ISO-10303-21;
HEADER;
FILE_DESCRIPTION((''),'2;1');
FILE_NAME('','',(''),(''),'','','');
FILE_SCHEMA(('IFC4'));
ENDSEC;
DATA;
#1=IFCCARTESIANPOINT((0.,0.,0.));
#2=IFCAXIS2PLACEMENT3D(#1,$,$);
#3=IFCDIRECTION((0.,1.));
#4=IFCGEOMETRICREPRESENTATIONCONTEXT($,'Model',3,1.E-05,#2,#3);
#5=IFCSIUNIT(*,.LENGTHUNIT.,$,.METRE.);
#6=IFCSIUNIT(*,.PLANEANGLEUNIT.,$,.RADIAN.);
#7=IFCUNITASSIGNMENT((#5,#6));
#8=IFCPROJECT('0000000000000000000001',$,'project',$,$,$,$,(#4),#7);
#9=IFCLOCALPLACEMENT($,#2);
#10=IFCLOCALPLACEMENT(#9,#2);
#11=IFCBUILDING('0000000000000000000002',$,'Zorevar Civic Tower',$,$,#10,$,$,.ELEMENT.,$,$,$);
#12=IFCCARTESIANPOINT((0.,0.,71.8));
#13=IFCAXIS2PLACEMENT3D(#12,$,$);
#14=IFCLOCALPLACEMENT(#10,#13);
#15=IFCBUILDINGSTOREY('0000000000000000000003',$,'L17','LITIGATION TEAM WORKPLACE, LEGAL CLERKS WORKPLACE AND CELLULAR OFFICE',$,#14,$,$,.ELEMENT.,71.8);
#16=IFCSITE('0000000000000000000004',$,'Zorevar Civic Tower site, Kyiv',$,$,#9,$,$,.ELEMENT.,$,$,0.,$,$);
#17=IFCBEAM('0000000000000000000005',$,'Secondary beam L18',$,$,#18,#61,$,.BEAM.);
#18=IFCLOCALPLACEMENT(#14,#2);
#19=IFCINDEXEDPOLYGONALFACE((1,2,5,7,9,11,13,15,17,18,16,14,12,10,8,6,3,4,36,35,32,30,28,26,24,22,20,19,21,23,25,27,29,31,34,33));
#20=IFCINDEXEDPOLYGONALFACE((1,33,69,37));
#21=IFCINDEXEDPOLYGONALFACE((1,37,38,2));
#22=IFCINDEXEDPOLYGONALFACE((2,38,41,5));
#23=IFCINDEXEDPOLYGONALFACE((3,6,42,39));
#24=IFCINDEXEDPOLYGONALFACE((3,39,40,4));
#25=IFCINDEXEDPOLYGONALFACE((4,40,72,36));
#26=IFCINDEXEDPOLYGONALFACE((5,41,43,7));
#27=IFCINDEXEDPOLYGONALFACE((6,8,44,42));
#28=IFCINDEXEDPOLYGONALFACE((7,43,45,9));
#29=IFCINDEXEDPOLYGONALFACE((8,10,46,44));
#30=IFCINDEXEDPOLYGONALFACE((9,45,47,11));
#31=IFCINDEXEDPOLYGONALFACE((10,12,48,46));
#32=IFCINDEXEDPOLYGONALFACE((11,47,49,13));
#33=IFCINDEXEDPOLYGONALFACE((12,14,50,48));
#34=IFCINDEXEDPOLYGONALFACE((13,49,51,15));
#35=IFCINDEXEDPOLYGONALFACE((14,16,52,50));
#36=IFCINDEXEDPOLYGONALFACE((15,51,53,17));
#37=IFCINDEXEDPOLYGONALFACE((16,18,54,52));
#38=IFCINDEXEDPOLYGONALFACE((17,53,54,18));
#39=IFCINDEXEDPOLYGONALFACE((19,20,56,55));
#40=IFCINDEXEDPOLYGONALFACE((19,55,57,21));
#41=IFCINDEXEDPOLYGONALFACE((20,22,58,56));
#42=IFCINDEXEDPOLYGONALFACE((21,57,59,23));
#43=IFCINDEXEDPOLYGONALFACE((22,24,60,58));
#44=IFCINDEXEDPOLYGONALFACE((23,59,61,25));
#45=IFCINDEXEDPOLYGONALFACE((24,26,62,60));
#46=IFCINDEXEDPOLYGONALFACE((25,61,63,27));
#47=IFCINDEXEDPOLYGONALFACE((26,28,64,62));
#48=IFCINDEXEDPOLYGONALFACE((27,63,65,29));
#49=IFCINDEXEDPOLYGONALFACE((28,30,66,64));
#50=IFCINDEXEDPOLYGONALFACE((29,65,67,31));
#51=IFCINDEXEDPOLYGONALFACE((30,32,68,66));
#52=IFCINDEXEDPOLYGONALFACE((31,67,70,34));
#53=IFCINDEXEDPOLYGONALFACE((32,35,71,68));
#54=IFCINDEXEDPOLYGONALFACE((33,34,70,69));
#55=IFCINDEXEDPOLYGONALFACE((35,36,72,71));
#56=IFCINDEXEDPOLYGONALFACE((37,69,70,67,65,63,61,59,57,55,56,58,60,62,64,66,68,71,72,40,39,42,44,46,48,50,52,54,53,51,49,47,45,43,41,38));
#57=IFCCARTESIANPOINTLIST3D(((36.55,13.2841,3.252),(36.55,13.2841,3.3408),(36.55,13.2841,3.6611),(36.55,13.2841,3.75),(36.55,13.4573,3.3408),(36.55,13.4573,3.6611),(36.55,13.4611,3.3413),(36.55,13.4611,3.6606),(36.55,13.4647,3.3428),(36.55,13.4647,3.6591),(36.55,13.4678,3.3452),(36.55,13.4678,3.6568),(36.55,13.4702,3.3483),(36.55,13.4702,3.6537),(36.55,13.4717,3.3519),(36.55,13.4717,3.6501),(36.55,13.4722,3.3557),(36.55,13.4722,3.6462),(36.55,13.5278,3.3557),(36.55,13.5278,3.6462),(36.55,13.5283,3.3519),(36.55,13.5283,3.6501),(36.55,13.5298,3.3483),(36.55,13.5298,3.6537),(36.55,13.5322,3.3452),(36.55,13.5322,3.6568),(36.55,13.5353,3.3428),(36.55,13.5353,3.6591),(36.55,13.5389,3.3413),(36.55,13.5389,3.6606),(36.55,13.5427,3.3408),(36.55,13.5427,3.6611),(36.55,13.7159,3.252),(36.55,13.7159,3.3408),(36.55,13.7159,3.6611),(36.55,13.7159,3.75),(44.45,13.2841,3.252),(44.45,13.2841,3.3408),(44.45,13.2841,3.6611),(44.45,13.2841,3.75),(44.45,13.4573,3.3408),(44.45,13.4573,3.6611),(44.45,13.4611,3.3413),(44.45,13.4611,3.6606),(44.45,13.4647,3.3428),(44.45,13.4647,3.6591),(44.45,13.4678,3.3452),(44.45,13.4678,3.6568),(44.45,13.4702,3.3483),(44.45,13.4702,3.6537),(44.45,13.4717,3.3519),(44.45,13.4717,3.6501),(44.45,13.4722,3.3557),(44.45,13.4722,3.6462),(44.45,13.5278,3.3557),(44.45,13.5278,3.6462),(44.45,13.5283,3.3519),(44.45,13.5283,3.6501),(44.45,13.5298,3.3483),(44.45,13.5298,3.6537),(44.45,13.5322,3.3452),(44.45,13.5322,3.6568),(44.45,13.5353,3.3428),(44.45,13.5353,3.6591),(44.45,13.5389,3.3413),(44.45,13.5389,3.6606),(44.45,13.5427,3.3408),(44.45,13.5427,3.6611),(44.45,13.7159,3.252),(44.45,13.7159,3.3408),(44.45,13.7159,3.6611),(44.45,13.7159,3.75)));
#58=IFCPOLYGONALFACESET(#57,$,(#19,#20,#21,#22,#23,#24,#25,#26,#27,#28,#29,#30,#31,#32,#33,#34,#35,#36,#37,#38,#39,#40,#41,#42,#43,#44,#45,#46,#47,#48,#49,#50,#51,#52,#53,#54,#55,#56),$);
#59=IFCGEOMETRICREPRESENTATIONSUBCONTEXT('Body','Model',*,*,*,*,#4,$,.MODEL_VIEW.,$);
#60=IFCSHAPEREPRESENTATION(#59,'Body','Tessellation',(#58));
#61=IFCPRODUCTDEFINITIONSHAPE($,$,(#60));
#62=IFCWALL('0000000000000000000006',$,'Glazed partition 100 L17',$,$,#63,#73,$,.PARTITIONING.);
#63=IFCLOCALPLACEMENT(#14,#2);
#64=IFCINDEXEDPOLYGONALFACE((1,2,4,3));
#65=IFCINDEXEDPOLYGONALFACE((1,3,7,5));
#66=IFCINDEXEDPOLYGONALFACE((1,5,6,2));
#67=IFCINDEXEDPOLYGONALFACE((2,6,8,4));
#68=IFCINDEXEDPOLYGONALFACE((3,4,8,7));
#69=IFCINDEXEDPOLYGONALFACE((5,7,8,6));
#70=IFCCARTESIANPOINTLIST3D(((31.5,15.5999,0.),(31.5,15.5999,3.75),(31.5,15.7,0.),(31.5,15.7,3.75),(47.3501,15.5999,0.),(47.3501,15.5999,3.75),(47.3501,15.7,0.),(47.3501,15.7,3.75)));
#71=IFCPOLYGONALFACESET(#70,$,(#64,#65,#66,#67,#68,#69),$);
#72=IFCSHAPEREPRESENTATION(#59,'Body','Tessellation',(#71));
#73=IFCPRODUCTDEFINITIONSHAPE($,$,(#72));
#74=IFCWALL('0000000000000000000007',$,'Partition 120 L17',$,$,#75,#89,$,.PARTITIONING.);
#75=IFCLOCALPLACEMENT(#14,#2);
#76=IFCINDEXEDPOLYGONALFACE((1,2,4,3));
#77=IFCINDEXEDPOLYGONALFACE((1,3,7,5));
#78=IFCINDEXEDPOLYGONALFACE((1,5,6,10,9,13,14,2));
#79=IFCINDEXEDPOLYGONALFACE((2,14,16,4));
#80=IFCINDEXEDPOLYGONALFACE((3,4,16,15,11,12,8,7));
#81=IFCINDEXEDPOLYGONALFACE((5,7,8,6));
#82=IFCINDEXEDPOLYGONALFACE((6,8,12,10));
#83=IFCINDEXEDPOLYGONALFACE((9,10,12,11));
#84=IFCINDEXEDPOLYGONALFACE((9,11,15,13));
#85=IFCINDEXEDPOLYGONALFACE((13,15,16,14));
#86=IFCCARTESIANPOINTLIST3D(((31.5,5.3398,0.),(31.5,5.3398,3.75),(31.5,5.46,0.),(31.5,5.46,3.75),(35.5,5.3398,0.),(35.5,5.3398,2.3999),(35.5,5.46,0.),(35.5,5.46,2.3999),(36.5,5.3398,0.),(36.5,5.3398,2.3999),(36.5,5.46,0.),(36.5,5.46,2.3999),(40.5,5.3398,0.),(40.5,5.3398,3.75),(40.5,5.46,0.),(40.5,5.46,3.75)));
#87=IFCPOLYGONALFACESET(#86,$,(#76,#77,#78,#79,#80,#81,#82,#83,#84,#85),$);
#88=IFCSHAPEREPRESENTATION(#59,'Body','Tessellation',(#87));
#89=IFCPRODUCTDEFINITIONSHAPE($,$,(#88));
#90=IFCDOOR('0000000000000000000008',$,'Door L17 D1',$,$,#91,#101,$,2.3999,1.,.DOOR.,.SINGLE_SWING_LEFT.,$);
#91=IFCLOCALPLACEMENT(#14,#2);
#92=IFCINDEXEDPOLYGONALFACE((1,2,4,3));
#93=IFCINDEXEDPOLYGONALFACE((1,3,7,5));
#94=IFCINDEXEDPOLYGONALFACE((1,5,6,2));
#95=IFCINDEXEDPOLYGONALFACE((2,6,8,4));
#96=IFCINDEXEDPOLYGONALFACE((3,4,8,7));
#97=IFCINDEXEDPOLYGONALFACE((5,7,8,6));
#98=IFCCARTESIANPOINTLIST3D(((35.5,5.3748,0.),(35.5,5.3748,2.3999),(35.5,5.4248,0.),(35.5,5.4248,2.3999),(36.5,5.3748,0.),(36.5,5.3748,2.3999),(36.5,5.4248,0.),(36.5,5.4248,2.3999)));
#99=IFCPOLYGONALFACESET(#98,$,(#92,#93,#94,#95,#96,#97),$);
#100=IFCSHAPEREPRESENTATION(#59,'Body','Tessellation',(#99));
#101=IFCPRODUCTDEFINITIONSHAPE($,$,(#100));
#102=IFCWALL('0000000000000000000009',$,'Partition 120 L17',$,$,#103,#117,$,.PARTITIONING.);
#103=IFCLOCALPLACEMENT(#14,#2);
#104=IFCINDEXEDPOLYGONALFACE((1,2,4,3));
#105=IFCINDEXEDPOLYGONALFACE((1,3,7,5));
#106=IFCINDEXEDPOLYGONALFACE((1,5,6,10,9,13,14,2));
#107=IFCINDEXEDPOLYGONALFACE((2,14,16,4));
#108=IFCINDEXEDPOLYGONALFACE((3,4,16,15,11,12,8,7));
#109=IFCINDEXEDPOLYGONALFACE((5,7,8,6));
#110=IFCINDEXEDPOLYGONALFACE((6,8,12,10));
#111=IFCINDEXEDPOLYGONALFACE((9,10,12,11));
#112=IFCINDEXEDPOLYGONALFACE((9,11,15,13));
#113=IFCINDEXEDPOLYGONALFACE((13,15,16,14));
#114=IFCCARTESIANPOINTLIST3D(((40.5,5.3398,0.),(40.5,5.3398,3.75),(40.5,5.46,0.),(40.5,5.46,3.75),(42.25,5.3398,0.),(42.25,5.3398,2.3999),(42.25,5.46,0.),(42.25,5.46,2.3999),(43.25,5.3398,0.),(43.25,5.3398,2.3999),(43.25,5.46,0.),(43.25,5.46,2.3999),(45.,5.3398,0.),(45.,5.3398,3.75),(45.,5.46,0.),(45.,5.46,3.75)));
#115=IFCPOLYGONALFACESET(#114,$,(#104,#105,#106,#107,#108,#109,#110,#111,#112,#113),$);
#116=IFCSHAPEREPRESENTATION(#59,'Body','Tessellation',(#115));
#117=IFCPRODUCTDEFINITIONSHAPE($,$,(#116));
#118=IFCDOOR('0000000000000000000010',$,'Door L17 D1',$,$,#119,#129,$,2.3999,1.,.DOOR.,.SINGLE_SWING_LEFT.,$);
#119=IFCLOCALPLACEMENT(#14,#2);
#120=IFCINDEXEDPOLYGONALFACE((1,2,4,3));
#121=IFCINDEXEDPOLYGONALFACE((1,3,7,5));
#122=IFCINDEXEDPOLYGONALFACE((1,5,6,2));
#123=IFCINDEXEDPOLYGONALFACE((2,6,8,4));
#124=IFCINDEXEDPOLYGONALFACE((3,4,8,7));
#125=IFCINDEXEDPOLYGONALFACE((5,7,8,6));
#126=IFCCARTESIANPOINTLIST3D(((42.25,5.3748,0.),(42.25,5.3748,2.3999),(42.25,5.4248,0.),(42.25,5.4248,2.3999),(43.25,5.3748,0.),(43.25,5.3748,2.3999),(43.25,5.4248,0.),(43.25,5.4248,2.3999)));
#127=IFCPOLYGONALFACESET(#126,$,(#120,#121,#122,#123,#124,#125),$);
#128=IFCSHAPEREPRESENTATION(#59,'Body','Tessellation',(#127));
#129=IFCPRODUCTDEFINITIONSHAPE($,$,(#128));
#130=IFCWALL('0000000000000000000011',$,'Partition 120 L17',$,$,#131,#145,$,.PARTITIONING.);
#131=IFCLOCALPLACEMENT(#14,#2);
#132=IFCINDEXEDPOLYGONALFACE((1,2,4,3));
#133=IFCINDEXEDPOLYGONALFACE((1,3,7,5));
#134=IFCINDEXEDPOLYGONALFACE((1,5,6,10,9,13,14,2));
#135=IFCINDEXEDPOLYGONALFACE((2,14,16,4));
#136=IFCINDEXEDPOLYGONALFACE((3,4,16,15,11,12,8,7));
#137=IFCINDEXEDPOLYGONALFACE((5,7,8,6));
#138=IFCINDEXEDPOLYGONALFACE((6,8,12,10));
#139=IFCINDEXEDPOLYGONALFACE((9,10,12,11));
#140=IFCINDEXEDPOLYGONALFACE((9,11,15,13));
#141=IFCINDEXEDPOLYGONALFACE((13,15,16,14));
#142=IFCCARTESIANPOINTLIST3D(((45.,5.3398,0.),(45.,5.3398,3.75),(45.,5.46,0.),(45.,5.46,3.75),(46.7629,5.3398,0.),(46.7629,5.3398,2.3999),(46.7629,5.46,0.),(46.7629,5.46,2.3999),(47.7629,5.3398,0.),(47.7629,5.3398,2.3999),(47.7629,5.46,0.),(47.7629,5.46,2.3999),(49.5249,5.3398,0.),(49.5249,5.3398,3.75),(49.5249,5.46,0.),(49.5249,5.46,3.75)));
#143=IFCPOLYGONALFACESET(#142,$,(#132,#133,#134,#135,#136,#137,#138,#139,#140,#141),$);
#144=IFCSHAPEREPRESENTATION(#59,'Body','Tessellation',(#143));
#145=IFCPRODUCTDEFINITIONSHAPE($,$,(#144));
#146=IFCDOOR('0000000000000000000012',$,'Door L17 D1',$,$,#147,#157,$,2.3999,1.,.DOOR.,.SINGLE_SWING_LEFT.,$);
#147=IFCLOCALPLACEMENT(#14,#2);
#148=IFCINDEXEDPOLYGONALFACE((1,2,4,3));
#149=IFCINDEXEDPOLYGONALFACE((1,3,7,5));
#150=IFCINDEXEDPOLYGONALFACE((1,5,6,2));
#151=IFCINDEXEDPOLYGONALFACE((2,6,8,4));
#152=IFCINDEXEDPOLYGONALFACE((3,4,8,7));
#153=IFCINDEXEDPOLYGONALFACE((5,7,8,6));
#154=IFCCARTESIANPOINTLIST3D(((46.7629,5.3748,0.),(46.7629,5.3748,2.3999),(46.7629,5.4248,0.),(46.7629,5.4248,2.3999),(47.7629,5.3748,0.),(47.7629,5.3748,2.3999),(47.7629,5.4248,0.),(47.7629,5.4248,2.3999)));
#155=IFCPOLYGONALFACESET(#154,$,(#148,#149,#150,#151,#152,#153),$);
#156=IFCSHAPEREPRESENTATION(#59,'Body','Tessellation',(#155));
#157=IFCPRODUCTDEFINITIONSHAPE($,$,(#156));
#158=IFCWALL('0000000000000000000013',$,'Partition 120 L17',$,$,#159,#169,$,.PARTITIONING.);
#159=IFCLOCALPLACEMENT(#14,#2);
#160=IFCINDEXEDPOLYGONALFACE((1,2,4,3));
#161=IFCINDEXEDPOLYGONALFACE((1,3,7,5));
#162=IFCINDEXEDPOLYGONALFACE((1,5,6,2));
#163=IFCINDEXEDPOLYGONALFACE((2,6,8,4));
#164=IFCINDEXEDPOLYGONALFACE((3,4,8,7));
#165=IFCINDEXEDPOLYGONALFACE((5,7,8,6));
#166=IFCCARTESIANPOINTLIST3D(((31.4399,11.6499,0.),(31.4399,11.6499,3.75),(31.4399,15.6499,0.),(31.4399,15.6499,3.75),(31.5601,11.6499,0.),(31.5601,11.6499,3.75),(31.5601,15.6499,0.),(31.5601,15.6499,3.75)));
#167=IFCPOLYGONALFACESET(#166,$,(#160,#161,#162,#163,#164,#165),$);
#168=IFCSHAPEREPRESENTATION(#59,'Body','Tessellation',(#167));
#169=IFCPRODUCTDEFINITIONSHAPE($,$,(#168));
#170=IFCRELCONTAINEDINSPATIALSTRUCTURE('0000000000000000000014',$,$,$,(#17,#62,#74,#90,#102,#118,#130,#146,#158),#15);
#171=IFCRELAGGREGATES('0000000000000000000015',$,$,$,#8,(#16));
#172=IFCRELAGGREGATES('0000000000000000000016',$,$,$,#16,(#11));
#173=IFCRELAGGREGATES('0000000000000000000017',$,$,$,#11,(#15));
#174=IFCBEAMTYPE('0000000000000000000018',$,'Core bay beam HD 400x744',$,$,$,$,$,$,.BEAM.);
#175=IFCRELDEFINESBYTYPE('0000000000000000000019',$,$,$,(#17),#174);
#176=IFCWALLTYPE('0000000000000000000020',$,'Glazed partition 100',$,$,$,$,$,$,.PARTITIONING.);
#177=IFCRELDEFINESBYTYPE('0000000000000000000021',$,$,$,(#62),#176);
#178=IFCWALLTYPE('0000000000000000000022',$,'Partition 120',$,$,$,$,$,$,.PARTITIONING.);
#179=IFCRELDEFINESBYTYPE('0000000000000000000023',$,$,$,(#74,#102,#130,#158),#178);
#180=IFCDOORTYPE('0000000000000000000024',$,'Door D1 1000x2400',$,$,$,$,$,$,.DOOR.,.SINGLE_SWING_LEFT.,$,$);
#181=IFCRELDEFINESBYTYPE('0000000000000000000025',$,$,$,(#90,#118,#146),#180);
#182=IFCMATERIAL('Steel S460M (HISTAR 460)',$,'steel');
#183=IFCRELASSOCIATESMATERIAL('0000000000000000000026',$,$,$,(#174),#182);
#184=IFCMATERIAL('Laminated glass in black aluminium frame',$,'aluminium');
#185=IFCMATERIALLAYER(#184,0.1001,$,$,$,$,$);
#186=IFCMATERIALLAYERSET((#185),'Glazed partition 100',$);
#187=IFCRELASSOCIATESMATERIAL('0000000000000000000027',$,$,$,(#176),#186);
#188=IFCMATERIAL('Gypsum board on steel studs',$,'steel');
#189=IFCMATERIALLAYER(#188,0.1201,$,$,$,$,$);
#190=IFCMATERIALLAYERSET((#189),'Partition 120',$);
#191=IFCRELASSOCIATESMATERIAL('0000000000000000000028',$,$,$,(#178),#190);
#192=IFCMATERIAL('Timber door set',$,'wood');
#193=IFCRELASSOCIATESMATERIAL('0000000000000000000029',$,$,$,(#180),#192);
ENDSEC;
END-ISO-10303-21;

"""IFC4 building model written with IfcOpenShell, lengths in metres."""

from ifc_helpers import new_model, si_unit, direction, frame, frame_2d, origin, origin_2d, place, context, subcontext, project, spatial, rectangle, i_section, extrude, material, layer, layer_set, material_profile, profile_set, type_object, element, fill, save


model = new_model("IFC4")

# Units and contexts
model_context = context("Model", 3, precision=1e-05, world=origin(), true_north=direction((0.0, 1.0)))
body_context = subcontext(model_context, "Body", "Model", "MODEL_VIEW")
ifc_project = project(units=[si_unit("LENGTHUNIT", "METRE"), si_unit("PLANEANGLEUNIT", "RADIAN")], contexts=[model_context])

# Site, building, storey
site_placement = place(None, origin())
site = spatial("IfcSite", under=ifc_project, at=site_placement, Name="Zorevar Civic Tower site, Kyiv", CompositionType="ELEMENT", RefElevation=0.0)
building_placement = place(site_placement, origin())
building = spatial("IfcBuilding", under=site, at=building_placement, Name="Zorevar Civic Tower", CompositionType="ELEMENT")
storey_placement = place(building_placement, frame((0.0, 0.0, 71.8)))
storey = spatial("IfcBuildingStorey", under=building, at=storey_placement, Name="L17", Description="LITIGATION TEAM WORKPLACE, LEGAL CLERKS WORKPLACE AND CELLULAR OFFICE", CompositionType="ELEMENT", Elevation=71.8)

# Beam
ifc_material_1 = material(Name="Steel S460M (HISTAR 460)", Category="steel")
ifc_material_profile_1 = material_profile(ifc_material_1, i_section(OverallWidth=0.4319, OverallDepth=0.498, WebThickness=0.0557, FlangeThickness=0.0889, FilletRadius=0.0149, at=origin_2d()), Name="HD 400x744")
ifc_profile_set_1 = profile_set([ifc_material_profile_1], Name="Steel S460M (HISTAR 460)")
beam_type_1 = type_object("IfcBeamType", Name="Core bay beam HD 400x744", PredefinedType="BEAM", material=ifc_profile_set_1)
for number, where, z_axis, x_axis, name in (
    (1, (36.55, 13.5, 3.501), (1.0, 0.0, 0.0), (0.0, 1.0, 0.0), "Secondary beam L18"),
):
    element("IfcBeam", number, at=place(storey_placement, frame(where, z_axis=z_axis, x_axis=x_axis)), inside=storey, type_object=beam_type_1, Name=name, PredefinedType="BEAM", context=body_context, shape_type="SweptSolid", body=[
        extrude(i_section(OverallWidth=0.4319, OverallDepth=0.498, WebThickness=0.0557, FlangeThickness=0.0889, FilletRadius=0.0149, at=origin_2d()), origin(), (0.0, 0.0, 1.0), 7.8999),
    ])

# Wall
ifc_material_2 = material(Name="Laminated glass in black aluminium frame", Category="aluminium")
ifc_layer_1 = layer(ifc_material_2, 0.1001)
ifc_layer_set_1 = layer_set([ifc_layer_1], Name="Glazed partition 100")
wall_type_1 = type_object("IfcWallType", Name="Glazed partition 100", PredefinedType="PARTITIONING", material=ifc_layer_set_1)
wall_1_placement = place(storey_placement, frame((31.5, 15.6499, 0.0), z_axis=(0.0, 0.0, 1.0), x_axis=(1.0, 0.0, 0.0)))
element("IfcWall", 2, at=wall_1_placement, inside=storey, type_object=wall_type_1, Name="Glazed partition 100 L17", PredefinedType="PARTITIONING", context=body_context, shape_type="SweptSolid", body=[
    extrude(rectangle(XDim=15.8501, YDim=0.1001, at=frame_2d((7.925, 0.0))), origin(), (0.0, 0.0, 1.0), 3.75),
])

# Walls, openings, doors
ifc_material_3 = material(Name="Gypsum board on steel studs", Category="steel")
ifc_layer_2 = layer(ifc_material_3, 0.1201)
ifc_layer_set_2 = layer_set([ifc_layer_2], Name="Partition 120")
wall_type_2 = type_object("IfcWallType", Name="Partition 120", PredefinedType="PARTITIONING", material=ifc_layer_set_2)
wall_2_placement = place(storey_placement, frame((31.5, 5.3999, 0.0), z_axis=(0.0, 0.0, 1.0), x_axis=(1.0, 0.0, 0.0)))
wall_2 = element("IfcWall", 3, at=wall_2_placement, inside=storey, type_object=wall_type_2, Name="Partition 120 L17", PredefinedType="PARTITIONING", context=body_context, shape_type="SweptSolid", body=[
    extrude(rectangle(XDim=9.0, YDim=0.1201, at=frame_2d((4.5, 0.0))), origin(), (0.0, 0.0, 1.0), 3.75),
])
opening_1_placement = place(wall_2_placement, frame((4.0, 0.0, 0.0)))
opening_1 = element("IfcOpeningElement", 4, at=opening_1_placement, cuts=wall_2, PredefinedType="OPENING", context=body_context, shape_type="SweptSolid", body=[
    extrude(rectangle(XDim=1.0, YDim=2.3999, at=frame_2d((0.5, 1.2))), frame((0.0, 0.0701, 0.0), z_axis=(0.0, -1.0, 0.0), x_axis=(1.0, 0.0, 0.0)), (0.0, 0.0, 1.0), 0.1401),
])
ifc_material_4 = material(Name="Timber door set", Category="wood")
door_type = type_object("IfcDoorType", Name="Door D1 1000x2400", OperationType="SINGLE_SWING_LEFT", PredefinedType="DOOR", material=ifc_material_4)
door_1_placement = place(opening_1_placement, origin())
door_1 = element("IfcDoor", 5, at=door_1_placement, inside=storey, type_object=door_type, Name="Door L17 D1", OperationType="SINGLE_SWING_LEFT", OverallHeight=2.3999, OverallWidth=1.0, PredefinedType="DOOR", context=body_context, shape_type="SweptSolid", body=[
    extrude(rectangle(XDim=1.0, YDim=2.3999, at=frame_2d((0.5, 1.2))), frame((0.0, 0.0249, 0.0), z_axis=(0.0, -1.0, 0.0), x_axis=(1.0, 0.0, 0.0)), (0.0, 0.0, 1.0), 0.05),
])
fill(opening_1, door_1)
wall_3_placement = place(storey_placement, frame((40.5, 5.3999, 0.0), z_axis=(0.0, 0.0, 1.0), x_axis=(1.0, 0.0, 0.0)))
wall_3 = element("IfcWall", 6, at=wall_3_placement, inside=storey, type_object=wall_type_2, Name="Partition 120 L17", PredefinedType="PARTITIONING", context=body_context, shape_type="SweptSolid", body=[
    extrude(rectangle(XDim=4.5, YDim=0.1201, at=frame_2d((2.25, 0.0))), origin(), (0.0, 0.0, 1.0), 3.75),
])
opening_2_placement = place(wall_3_placement, frame((1.75, 0.0, 0.0)))
opening_2 = element("IfcOpeningElement", 7, at=opening_2_placement, cuts=wall_3, PredefinedType="OPENING", context=body_context, shape_type="SweptSolid", body=[
    extrude(rectangle(XDim=1.0, YDim=2.3999, at=frame_2d((0.5, 1.2))), frame((0.0, 0.0701, 0.0), z_axis=(0.0, -1.0, 0.0), x_axis=(1.0, 0.0, 0.0)), (0.0, 0.0, 1.0), 0.1401),
])
door_2_placement = place(opening_2_placement, origin())
door_2 = element("IfcDoor", 8, at=door_2_placement, inside=storey, type_object=door_type, Name="Door L17 D1", OperationType="SINGLE_SWING_LEFT", OverallHeight=2.3999, OverallWidth=1.0, PredefinedType="DOOR", context=body_context, shape_type="SweptSolid", body=[
    extrude(rectangle(XDim=1.0, YDim=2.3999, at=frame_2d((0.5, 1.2))), frame((0.0, 0.0249, 0.0), z_axis=(0.0, -1.0, 0.0), x_axis=(1.0, 0.0, 0.0)), (0.0, 0.0, 1.0), 0.05),
])
fill(opening_2, door_2)
wall_4_placement = place(storey_placement, frame((45.0, 5.3999, 0.0), z_axis=(0.0, 0.0, 1.0), x_axis=(1.0, 0.0, 0.0)))
wall_4 = element("IfcWall", 9, at=wall_4_placement, inside=storey, type_object=wall_type_2, Name="Partition 120 L17", PredefinedType="PARTITIONING", context=body_context, shape_type="SweptSolid", body=[
    extrude(rectangle(XDim=4.5249, YDim=0.1201, at=frame_2d((2.2625, 0.0))), origin(), (0.0, 0.0, 1.0), 3.75),
])
opening_3_placement = place(wall_4_placement, frame((1.7629, 0.0, 0.0)))
opening_3 = element("IfcOpeningElement", 10, at=opening_3_placement, cuts=wall_4, PredefinedType="OPENING", context=body_context, shape_type="SweptSolid", body=[
    extrude(rectangle(XDim=1.0, YDim=2.3999, at=frame_2d((0.5, 1.2))), frame((0.0, 0.0701, 0.0), z_axis=(0.0, -1.0, 0.0), x_axis=(1.0, 0.0, 0.0)), (0.0, 0.0, 1.0), 0.1401),
])
door_3_placement = place(opening_3_placement, origin())
door_3 = element("IfcDoor", 11, at=door_3_placement, inside=storey, type_object=door_type, Name="Door L17 D1", OperationType="SINGLE_SWING_LEFT", OverallHeight=2.3999, OverallWidth=1.0, PredefinedType="DOOR", context=body_context, shape_type="SweptSolid", body=[
    extrude(rectangle(XDim=1.0, YDim=2.3999, at=frame_2d((0.5, 1.2))), frame((0.0, 0.0249, 0.0), z_axis=(0.0, -1.0, 0.0), x_axis=(1.0, 0.0, 0.0)), (0.0, 0.0, 1.0), 0.05),
])
fill(opening_3, door_3)

# Wall
wall_5_placement = place(storey_placement, frame((31.5, 11.6499, 0.0), z_axis=(0.0, 0.0, 1.0), x_axis=(0.0, 1.0, 0.0)))
element("IfcWall", 12, at=wall_5_placement, inside=storey, type_object=wall_type_2, Name="Partition 120 L17", PredefinedType="PARTITIONING", context=body_context, shape_type="SweptSolid", body=[
    extrude(rectangle(XDim=4.0, YDim=0.1201, at=frame_2d((2.0, 0.0))), origin(), (0.0, 0.0, 1.0), 3.75),
])

save(model, "model.ifc")
